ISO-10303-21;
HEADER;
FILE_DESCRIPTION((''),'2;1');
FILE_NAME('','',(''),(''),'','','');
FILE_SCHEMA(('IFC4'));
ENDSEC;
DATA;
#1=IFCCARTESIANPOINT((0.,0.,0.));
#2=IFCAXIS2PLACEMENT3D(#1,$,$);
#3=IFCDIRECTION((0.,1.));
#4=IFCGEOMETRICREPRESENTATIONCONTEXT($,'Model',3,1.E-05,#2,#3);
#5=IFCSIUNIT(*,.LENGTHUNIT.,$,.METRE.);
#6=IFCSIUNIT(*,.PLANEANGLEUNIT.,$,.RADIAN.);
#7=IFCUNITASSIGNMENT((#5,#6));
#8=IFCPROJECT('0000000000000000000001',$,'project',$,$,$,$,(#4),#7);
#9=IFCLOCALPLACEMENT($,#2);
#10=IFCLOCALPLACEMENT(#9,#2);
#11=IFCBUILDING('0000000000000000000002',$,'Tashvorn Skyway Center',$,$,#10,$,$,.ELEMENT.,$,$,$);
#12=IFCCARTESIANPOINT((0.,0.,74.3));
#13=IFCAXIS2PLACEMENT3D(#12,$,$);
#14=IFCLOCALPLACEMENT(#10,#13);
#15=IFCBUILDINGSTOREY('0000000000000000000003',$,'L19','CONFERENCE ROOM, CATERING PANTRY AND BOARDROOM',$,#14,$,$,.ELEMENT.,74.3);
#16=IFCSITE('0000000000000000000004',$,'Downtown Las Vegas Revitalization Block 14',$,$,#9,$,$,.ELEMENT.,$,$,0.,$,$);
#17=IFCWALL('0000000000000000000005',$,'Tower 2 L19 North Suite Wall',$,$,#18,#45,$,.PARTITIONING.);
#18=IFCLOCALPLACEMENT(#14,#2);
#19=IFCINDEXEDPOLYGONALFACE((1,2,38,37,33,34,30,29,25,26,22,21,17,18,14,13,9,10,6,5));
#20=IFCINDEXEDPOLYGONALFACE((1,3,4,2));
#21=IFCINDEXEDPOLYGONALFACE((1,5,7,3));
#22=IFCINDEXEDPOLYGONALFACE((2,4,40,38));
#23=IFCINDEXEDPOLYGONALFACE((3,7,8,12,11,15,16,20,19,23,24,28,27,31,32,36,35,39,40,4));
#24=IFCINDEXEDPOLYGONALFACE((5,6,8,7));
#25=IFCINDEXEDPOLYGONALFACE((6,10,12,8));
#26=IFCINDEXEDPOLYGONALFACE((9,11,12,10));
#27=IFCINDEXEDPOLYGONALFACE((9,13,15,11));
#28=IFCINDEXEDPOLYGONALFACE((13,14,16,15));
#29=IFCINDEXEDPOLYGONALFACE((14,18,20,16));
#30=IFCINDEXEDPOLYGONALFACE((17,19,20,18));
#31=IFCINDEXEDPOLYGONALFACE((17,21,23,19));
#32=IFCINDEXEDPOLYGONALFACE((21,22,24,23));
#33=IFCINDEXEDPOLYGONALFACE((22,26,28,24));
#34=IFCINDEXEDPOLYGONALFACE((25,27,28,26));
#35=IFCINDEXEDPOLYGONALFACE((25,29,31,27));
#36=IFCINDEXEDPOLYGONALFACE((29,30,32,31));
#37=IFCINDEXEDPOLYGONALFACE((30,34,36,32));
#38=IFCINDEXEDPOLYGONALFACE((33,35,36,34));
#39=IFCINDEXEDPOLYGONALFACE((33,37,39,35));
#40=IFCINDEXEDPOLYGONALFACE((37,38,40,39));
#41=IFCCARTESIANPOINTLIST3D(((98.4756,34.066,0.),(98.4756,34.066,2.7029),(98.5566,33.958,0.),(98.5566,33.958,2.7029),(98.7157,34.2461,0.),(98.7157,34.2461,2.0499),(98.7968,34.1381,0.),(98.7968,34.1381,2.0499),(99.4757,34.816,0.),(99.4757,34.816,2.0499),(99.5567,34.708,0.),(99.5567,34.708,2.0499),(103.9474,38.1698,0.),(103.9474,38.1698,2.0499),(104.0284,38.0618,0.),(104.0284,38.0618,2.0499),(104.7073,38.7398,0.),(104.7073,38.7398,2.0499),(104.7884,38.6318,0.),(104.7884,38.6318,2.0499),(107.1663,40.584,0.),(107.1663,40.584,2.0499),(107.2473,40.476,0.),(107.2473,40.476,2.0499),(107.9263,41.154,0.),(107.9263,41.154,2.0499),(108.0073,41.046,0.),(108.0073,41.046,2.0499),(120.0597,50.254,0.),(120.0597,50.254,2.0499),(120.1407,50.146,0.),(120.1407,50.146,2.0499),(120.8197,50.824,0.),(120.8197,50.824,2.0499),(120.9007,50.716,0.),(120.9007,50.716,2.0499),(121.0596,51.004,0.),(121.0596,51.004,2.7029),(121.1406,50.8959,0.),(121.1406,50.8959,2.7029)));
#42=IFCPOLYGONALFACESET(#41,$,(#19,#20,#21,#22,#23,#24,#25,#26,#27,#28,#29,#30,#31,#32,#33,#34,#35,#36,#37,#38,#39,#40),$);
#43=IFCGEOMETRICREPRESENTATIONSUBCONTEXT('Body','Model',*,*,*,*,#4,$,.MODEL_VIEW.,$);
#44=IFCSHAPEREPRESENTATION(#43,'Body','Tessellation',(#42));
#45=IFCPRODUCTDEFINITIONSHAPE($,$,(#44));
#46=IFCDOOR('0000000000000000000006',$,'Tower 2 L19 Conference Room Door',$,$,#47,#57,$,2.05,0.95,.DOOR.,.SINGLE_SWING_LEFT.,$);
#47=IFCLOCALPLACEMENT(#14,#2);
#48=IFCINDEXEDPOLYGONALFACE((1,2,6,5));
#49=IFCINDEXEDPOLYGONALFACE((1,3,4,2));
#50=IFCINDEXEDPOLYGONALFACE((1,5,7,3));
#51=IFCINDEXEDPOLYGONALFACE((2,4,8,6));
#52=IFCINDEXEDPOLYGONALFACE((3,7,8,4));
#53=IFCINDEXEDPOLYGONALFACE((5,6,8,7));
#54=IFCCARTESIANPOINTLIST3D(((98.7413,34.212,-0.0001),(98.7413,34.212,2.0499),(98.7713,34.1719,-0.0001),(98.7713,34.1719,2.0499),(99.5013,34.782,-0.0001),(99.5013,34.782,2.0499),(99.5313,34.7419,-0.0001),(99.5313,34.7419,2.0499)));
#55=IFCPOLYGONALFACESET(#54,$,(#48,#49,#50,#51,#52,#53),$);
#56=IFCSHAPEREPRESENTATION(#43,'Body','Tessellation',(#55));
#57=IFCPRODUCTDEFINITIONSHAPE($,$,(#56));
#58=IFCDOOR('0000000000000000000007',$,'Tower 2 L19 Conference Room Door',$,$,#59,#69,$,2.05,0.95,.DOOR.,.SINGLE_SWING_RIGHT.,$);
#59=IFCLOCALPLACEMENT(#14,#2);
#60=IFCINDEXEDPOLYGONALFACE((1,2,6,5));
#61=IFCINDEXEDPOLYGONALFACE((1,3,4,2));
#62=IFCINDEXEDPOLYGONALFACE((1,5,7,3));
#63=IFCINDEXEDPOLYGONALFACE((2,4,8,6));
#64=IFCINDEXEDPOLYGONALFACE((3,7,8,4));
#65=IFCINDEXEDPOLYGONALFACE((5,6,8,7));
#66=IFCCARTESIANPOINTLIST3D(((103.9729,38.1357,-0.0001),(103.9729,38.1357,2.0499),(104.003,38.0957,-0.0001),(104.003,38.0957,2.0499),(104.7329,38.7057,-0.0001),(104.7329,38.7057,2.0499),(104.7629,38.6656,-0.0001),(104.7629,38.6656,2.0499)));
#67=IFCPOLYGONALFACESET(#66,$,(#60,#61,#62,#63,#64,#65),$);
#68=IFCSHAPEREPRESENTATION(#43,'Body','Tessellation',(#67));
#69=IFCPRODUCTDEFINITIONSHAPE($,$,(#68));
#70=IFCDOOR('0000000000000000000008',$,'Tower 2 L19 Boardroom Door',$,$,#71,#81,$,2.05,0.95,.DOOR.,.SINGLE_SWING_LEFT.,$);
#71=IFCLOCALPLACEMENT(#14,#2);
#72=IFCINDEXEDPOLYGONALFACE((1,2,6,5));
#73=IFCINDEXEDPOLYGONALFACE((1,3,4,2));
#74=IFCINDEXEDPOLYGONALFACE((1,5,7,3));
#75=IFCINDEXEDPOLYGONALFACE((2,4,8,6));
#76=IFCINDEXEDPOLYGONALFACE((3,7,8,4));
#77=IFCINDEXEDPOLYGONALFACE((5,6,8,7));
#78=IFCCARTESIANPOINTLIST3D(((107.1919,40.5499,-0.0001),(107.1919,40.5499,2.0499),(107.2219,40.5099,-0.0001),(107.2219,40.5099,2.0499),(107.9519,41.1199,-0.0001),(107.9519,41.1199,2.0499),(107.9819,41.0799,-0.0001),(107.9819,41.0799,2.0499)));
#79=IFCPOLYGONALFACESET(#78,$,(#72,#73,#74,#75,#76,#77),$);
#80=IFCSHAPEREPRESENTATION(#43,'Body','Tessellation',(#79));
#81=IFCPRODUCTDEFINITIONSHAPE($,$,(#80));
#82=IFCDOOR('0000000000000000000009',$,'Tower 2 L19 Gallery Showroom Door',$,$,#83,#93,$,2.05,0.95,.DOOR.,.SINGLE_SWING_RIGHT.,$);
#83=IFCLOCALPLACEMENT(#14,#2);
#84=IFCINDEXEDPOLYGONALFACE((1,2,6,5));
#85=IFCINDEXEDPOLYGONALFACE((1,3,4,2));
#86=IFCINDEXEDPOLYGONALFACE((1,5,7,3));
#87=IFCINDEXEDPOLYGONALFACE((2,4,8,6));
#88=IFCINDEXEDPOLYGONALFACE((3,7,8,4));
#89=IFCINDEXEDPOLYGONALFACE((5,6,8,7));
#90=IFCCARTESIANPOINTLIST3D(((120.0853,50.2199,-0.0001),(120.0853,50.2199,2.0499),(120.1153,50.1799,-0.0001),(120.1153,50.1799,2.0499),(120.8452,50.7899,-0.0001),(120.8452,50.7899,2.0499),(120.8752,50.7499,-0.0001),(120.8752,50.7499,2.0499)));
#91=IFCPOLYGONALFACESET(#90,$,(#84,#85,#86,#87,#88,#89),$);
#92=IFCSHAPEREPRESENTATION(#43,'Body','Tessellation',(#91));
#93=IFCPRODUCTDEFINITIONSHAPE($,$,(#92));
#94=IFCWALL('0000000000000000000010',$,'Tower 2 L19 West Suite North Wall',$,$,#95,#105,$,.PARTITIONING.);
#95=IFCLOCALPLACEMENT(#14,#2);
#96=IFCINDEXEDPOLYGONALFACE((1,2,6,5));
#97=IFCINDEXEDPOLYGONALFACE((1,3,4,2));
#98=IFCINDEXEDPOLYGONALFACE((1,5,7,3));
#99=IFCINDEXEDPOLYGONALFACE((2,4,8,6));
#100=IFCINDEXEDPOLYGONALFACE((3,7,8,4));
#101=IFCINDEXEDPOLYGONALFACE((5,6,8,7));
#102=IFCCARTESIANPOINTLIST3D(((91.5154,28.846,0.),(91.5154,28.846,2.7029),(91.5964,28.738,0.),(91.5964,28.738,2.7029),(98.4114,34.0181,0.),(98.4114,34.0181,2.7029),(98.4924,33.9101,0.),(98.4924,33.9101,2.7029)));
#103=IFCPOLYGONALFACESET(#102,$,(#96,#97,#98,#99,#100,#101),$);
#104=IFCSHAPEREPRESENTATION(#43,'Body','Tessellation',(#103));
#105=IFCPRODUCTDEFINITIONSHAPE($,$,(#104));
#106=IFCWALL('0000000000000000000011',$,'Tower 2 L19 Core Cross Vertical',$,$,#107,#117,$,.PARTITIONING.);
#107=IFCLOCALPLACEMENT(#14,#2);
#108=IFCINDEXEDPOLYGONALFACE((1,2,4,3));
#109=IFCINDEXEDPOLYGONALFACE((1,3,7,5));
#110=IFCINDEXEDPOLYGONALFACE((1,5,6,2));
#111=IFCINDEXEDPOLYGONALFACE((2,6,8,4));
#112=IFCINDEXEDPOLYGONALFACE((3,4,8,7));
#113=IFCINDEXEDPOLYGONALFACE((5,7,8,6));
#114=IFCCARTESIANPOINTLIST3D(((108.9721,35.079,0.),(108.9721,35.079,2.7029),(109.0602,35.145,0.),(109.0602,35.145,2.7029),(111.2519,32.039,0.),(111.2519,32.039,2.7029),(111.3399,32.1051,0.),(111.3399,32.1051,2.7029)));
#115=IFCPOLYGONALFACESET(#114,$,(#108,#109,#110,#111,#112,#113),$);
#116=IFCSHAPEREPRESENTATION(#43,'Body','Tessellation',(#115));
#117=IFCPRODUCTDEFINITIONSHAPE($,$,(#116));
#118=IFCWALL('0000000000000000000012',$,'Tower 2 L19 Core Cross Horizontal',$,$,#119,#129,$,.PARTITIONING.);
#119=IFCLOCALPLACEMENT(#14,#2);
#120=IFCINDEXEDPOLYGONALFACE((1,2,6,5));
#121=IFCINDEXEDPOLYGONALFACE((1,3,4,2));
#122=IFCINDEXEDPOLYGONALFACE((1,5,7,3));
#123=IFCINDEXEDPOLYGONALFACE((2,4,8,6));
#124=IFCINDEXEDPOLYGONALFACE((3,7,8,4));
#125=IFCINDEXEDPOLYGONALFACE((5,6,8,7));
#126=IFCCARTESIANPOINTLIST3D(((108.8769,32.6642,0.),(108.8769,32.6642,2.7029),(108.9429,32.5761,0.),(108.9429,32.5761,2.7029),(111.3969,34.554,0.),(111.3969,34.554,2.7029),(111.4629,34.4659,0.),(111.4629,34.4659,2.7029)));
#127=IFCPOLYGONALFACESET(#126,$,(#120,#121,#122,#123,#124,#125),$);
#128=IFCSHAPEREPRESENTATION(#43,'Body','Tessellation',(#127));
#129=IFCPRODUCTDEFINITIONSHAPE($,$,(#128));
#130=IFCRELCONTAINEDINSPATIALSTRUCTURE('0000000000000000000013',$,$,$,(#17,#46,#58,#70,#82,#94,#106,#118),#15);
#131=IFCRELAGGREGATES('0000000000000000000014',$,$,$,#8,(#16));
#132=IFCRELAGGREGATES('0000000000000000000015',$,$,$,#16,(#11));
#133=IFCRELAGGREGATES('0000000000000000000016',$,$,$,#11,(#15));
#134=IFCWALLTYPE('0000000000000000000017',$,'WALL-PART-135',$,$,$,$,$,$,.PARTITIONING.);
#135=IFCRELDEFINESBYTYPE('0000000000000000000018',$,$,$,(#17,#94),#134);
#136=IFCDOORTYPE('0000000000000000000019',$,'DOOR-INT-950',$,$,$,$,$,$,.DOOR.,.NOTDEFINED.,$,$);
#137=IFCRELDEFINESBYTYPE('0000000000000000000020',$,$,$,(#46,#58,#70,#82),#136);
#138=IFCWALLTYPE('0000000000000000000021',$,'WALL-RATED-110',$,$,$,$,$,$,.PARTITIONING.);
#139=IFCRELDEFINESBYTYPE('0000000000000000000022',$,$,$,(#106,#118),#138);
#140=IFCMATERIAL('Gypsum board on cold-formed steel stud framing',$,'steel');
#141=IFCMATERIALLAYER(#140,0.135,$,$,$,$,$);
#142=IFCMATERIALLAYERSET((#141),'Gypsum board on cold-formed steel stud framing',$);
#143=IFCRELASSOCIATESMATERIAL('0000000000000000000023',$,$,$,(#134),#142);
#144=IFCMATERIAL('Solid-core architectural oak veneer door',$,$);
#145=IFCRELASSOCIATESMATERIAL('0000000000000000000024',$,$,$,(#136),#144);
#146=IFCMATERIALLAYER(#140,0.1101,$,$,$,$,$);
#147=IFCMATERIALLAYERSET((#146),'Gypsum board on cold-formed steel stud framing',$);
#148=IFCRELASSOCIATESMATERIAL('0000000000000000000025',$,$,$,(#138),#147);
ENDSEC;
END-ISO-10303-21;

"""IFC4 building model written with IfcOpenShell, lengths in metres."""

from ifc_helpers import new_model, si_unit, direction, frame, frame_2d, origin, place, context, subcontext, project, spatial, rectangle, extrude, material, layer, layer_set, type_object, element, fill, save


model = new_model("IFC4")

# Units and contexts
model_context = context("Model", 3, precision=1e-05, world=origin(), true_north=direction((0.0, 1.0)))
body_context = subcontext(model_context, "Body", "Model", "MODEL_VIEW")
ifc_project = project(units=[si_unit("LENGTHUNIT", "METRE"), si_unit("PLANEANGLEUNIT", "RADIAN")], contexts=[model_context])

# Site, building, storey
site_placement = place(None, origin())
site = spatial("IfcSite", under=ifc_project, at=site_placement, Name="Downtown Las Vegas Revitalization Block 14", CompositionType="ELEMENT", RefElevation=0.0)
building_placement = place(site_placement, origin())
building = spatial("IfcBuilding", under=site, at=building_placement, Name="Tashvorn Skyway Center", CompositionType="ELEMENT")
storey_placement = place(building_placement, frame((0.0, 0.0, 74.3)))
storey = spatial("IfcBuildingStorey", under=building, at=storey_placement, Name="L19", Description="CONFERENCE ROOM, CATERING PANTRY AND BOARDROOM", CompositionType="ELEMENT", Elevation=74.3)

# Shared definitions
ifc_material_1 = material(Name="Gypsum board on cold-formed steel stud framing", Category="steel")

# Wall, openings, doors
ifc_layer_1 = layer(ifc_material_1, 0.135)
ifc_layer_set_1 = layer_set([ifc_layer_1], Name="Gypsum board on cold-formed steel stud framing")
wall_type_1 = type_object("IfcWallType", Name="WALL-PART-135", PredefinedType="PARTITIONING", material=ifc_layer_set_1)
wall_1_placement = place(storey_placement, frame((98.5161, 34.012, 0.0), z_axis=(0.0, 0.0, 1.0), x_axis=(0.8, 0.6, 0.0)))
wall_1 = element("IfcWall", 1, at=wall_1_placement, inside=storey, type_object=wall_type_1, Name="Tower 2 L19 North Suite Wall", PredefinedType="PARTITIONING", context=body_context, shape_type="SweptSolid", body=[
    extrude(rectangle(XDim=28.23, YDim=0.135, at=frame_2d((14.115, 0.0))), origin(), (0.0, 0.0, 1.0), 2.7029),
])
opening_1_placement = place(wall_1_placement, frame((0.3, 0.0, 0.0)))
opening_1 = element("IfcOpeningElement", 2, at=opening_1_placement, cuts=wall_1, PredefinedType="OPENING", context=body_context, shape_type="SweptSolid", body=[
    extrude(rectangle(XDim=0.95, YDim=2.05, at=frame_2d((0.4751, 1.0249))), frame((0.0, 0.0774, 0.0), z_axis=(0.0, -1.0, 0.0), x_axis=(1.0, 0.0, 0.0)), (0.0, 0.0, 1.0), 0.155),
])
opening_2_placement = place(wall_1_placement, frame((6.8396, 0.0, 0.0)))
opening_2 = element("IfcOpeningElement", 3, at=opening_2_placement, cuts=wall_1, PredefinedType="OPENING", context=body_context, shape_type="SweptSolid", body=[
    extrude(rectangle(XDim=0.95, YDim=2.05, at=frame_2d((0.4751, 1.0249))), frame((0.0, 0.0774, 0.0), z_axis=(0.0, -1.0, 0.0), x_axis=(1.0, 0.0, 0.0)), (0.0, 0.0, 1.0), 0.155),
])
opening_3_placement = place(wall_1_placement, frame((10.8633, 0.0, 0.0)))
opening_3 = element("IfcOpeningElement", 4, at=opening_3_placement, cuts=wall_1, PredefinedType="OPENING", context=body_context, shape_type="SweptSolid", body=[
    extrude(rectangle(XDim=0.95, YDim=2.05, at=frame_2d((0.4751, 1.0249))), frame((0.0, 0.0774, 0.0), z_axis=(0.0, -1.0, 0.0), x_axis=(1.0, 0.0, 0.0)), (0.0, 0.0, 1.0), 0.155),
])
opening_4_placement = place(wall_1_placement, frame((26.98, 0.0, 0.0)))
opening_4 = element("IfcOpeningElement", 5, at=opening_4_placement, cuts=wall_1, PredefinedType="OPENING", context=body_context, shape_type="SweptSolid", body=[
    extrude(rectangle(XDim=0.95, YDim=2.05, at=frame_2d((0.4751, 1.0249))), frame((0.0, 0.0774, 0.0), z_axis=(0.0, -1.0, 0.0), x_axis=(1.0, 0.0, 0.0)), (0.0, 0.0, 1.0), 0.155),
])
ifc_material_2 = material(Name="Solid-core architectural oak veneer door")
door_type_1 = type_object("IfcDoorType", Name="DOOR-INT-950", OperationType="NOTDEFINED", PredefinedType="DOOR", material=ifc_material_2)
door_1_placement = place(opening_1_placement, origin())
door_1 = element("IfcDoor", 6, at=door_1_placement, inside=storey, type_object=door_type_1, Name="Tower 2 L19 Conference Room Door", OperationType="SINGLE_SWING_LEFT", OverallHeight=2.05, OverallWidth=0.95, PredefinedType="DOOR", context=body_context, shape_type="SweptSolid", body=[
    extrude(rectangle(XDim=0.95, YDim=2.05, at=frame_2d((0.4751, 1.0249))), frame((0.0, 0.0249, 0.0), z_axis=(0.0, -1.0, 0.0), x_axis=(1.0, 0.0, 0.0)), (0.0, 0.0, 1.0), 0.05),
])
fill(opening_1, door_1)
door_2_placement = place(opening_2_placement, origin())
door_2 = element("IfcDoor", 7, at=door_2_placement, inside=storey, type_object=door_type_1, Name="Tower 2 L19 Conference Room Door", OperationType="SINGLE_SWING_RIGHT", OverallHeight=2.05, OverallWidth=0.95, PredefinedType="DOOR", context=body_context, shape_type="SweptSolid", body=[
    extrude(rectangle(XDim=0.95, YDim=2.05, at=frame_2d((0.4751, 1.0249))), frame((0.0, 0.0249, 0.0), z_axis=(0.0, -1.0, 0.0), x_axis=(1.0, 0.0, 0.0)), (0.0, 0.0, 1.0), 0.05),
])
fill(opening_2, door_2)
door_3_placement = place(opening_3_placement, origin())
door_3 = element("IfcDoor", 8, at=door_3_placement, inside=storey, type_object=door_type_1, Name="Tower 2 L19 Boardroom Door", OperationType="SINGLE_SWING_LEFT", OverallHeight=2.05, OverallWidth=0.95, PredefinedType="DOOR", context=body_context, shape_type="SweptSolid", body=[
    extrude(rectangle(XDim=0.95, YDim=2.05, at=frame_2d((0.4751, 1.0249))), frame((0.0, 0.0249, 0.0), z_axis=(0.0, -1.0, 0.0), x_axis=(1.0, 0.0, 0.0)), (0.0, 0.0, 1.0), 0.05),
])
fill(opening_3, door_3)
door_4_placement = place(opening_4_placement, origin())
door_4 = element("IfcDoor", 9, at=door_4_placement, inside=storey, type_object=door_type_1, Name="Tower 2 L19 Gallery Showroom Door", OperationType="SINGLE_SWING_RIGHT", OverallHeight=2.05, OverallWidth=0.95, PredefinedType="DOOR", context=body_context, shape_type="SweptSolid", body=[
    extrude(rectangle(XDim=0.95, YDim=2.05, at=frame_2d((0.4751, 1.0249))), frame((0.0, 0.0249, 0.0), z_axis=(0.0, -1.0, 0.0), x_axis=(1.0, 0.0, 0.0)), (0.0, 0.0, 1.0), 0.05),
])
fill(opening_4, door_4)

# Walls
wall_2_placement = place(storey_placement, frame((98.4519, 33.9641, 0.0), z_axis=(0.0, 0.0, 1.0), x_axis=(-0.799993, -0.600009, 0.0)))
element("IfcWall", 10, at=wall_2_placement, inside=storey, type_object=wall_type_1, Name="Tower 2 L19 West Suite North Wall", PredefinedType="PARTITIONING", context=body_context, shape_type="SweptSolid", body=[
    extrude(rectangle(XDim=8.6201, YDim=0.135, at=frame_2d((4.3101, 0.0))), origin(), (0.0, 0.0, 1.0), 2.7029),
])
ifc_layer_2 = layer(ifc_material_1, 0.1101)
ifc_layer_set_2 = layer_set([ifc_layer_2], Name="Gypsum board on cold-formed steel stud framing")
wall_type_2 = type_object("IfcWallType", Name="WALL-RATED-110", PredefinedType="PARTITIONING", material=ifc_layer_set_2)
wall_3_placement = place(storey_placement, frame((111.2959, 32.072, 0.0), z_axis=(0.0, 0.0, 1.0), x_axis=(-0.599959, 0.800031, 0.0)))
element("IfcWall", 11, at=wall_3_placement, inside=storey, type_object=wall_type_2, Name="Tower 2 L19 Core Cross Vertical", PredefinedType="PARTITIONING", context=body_context, shape_type="SweptSolid", body=[
    extrude(rectangle(XDim=3.7998, YDim=0.1101, at=frame_2d((1.8999, 0.0))), origin(), (0.0, 0.0, 1.0), 2.7029),
])
wall_4_placement = place(storey_placement, frame((108.9099, 32.6201, 0.0), z_axis=(0.0, 0.0, 1.0), x_axis=(0.800019, 0.599975, 0.0)))
element("IfcWall", 12, at=wall_4_placement, inside=storey, type_object=wall_type_2, Name="Tower 2 L19 Core Cross Horizontal", PredefinedType="PARTITIONING", context=body_context, shape_type="SweptSolid", body=[
    extrude(rectangle(XDim=3.1499, YDim=0.1101, at=frame_2d((1.575, 0.0))), origin(), (0.0, 0.0, 1.0), 2.7029),
])

save(model, "model.ifc")
